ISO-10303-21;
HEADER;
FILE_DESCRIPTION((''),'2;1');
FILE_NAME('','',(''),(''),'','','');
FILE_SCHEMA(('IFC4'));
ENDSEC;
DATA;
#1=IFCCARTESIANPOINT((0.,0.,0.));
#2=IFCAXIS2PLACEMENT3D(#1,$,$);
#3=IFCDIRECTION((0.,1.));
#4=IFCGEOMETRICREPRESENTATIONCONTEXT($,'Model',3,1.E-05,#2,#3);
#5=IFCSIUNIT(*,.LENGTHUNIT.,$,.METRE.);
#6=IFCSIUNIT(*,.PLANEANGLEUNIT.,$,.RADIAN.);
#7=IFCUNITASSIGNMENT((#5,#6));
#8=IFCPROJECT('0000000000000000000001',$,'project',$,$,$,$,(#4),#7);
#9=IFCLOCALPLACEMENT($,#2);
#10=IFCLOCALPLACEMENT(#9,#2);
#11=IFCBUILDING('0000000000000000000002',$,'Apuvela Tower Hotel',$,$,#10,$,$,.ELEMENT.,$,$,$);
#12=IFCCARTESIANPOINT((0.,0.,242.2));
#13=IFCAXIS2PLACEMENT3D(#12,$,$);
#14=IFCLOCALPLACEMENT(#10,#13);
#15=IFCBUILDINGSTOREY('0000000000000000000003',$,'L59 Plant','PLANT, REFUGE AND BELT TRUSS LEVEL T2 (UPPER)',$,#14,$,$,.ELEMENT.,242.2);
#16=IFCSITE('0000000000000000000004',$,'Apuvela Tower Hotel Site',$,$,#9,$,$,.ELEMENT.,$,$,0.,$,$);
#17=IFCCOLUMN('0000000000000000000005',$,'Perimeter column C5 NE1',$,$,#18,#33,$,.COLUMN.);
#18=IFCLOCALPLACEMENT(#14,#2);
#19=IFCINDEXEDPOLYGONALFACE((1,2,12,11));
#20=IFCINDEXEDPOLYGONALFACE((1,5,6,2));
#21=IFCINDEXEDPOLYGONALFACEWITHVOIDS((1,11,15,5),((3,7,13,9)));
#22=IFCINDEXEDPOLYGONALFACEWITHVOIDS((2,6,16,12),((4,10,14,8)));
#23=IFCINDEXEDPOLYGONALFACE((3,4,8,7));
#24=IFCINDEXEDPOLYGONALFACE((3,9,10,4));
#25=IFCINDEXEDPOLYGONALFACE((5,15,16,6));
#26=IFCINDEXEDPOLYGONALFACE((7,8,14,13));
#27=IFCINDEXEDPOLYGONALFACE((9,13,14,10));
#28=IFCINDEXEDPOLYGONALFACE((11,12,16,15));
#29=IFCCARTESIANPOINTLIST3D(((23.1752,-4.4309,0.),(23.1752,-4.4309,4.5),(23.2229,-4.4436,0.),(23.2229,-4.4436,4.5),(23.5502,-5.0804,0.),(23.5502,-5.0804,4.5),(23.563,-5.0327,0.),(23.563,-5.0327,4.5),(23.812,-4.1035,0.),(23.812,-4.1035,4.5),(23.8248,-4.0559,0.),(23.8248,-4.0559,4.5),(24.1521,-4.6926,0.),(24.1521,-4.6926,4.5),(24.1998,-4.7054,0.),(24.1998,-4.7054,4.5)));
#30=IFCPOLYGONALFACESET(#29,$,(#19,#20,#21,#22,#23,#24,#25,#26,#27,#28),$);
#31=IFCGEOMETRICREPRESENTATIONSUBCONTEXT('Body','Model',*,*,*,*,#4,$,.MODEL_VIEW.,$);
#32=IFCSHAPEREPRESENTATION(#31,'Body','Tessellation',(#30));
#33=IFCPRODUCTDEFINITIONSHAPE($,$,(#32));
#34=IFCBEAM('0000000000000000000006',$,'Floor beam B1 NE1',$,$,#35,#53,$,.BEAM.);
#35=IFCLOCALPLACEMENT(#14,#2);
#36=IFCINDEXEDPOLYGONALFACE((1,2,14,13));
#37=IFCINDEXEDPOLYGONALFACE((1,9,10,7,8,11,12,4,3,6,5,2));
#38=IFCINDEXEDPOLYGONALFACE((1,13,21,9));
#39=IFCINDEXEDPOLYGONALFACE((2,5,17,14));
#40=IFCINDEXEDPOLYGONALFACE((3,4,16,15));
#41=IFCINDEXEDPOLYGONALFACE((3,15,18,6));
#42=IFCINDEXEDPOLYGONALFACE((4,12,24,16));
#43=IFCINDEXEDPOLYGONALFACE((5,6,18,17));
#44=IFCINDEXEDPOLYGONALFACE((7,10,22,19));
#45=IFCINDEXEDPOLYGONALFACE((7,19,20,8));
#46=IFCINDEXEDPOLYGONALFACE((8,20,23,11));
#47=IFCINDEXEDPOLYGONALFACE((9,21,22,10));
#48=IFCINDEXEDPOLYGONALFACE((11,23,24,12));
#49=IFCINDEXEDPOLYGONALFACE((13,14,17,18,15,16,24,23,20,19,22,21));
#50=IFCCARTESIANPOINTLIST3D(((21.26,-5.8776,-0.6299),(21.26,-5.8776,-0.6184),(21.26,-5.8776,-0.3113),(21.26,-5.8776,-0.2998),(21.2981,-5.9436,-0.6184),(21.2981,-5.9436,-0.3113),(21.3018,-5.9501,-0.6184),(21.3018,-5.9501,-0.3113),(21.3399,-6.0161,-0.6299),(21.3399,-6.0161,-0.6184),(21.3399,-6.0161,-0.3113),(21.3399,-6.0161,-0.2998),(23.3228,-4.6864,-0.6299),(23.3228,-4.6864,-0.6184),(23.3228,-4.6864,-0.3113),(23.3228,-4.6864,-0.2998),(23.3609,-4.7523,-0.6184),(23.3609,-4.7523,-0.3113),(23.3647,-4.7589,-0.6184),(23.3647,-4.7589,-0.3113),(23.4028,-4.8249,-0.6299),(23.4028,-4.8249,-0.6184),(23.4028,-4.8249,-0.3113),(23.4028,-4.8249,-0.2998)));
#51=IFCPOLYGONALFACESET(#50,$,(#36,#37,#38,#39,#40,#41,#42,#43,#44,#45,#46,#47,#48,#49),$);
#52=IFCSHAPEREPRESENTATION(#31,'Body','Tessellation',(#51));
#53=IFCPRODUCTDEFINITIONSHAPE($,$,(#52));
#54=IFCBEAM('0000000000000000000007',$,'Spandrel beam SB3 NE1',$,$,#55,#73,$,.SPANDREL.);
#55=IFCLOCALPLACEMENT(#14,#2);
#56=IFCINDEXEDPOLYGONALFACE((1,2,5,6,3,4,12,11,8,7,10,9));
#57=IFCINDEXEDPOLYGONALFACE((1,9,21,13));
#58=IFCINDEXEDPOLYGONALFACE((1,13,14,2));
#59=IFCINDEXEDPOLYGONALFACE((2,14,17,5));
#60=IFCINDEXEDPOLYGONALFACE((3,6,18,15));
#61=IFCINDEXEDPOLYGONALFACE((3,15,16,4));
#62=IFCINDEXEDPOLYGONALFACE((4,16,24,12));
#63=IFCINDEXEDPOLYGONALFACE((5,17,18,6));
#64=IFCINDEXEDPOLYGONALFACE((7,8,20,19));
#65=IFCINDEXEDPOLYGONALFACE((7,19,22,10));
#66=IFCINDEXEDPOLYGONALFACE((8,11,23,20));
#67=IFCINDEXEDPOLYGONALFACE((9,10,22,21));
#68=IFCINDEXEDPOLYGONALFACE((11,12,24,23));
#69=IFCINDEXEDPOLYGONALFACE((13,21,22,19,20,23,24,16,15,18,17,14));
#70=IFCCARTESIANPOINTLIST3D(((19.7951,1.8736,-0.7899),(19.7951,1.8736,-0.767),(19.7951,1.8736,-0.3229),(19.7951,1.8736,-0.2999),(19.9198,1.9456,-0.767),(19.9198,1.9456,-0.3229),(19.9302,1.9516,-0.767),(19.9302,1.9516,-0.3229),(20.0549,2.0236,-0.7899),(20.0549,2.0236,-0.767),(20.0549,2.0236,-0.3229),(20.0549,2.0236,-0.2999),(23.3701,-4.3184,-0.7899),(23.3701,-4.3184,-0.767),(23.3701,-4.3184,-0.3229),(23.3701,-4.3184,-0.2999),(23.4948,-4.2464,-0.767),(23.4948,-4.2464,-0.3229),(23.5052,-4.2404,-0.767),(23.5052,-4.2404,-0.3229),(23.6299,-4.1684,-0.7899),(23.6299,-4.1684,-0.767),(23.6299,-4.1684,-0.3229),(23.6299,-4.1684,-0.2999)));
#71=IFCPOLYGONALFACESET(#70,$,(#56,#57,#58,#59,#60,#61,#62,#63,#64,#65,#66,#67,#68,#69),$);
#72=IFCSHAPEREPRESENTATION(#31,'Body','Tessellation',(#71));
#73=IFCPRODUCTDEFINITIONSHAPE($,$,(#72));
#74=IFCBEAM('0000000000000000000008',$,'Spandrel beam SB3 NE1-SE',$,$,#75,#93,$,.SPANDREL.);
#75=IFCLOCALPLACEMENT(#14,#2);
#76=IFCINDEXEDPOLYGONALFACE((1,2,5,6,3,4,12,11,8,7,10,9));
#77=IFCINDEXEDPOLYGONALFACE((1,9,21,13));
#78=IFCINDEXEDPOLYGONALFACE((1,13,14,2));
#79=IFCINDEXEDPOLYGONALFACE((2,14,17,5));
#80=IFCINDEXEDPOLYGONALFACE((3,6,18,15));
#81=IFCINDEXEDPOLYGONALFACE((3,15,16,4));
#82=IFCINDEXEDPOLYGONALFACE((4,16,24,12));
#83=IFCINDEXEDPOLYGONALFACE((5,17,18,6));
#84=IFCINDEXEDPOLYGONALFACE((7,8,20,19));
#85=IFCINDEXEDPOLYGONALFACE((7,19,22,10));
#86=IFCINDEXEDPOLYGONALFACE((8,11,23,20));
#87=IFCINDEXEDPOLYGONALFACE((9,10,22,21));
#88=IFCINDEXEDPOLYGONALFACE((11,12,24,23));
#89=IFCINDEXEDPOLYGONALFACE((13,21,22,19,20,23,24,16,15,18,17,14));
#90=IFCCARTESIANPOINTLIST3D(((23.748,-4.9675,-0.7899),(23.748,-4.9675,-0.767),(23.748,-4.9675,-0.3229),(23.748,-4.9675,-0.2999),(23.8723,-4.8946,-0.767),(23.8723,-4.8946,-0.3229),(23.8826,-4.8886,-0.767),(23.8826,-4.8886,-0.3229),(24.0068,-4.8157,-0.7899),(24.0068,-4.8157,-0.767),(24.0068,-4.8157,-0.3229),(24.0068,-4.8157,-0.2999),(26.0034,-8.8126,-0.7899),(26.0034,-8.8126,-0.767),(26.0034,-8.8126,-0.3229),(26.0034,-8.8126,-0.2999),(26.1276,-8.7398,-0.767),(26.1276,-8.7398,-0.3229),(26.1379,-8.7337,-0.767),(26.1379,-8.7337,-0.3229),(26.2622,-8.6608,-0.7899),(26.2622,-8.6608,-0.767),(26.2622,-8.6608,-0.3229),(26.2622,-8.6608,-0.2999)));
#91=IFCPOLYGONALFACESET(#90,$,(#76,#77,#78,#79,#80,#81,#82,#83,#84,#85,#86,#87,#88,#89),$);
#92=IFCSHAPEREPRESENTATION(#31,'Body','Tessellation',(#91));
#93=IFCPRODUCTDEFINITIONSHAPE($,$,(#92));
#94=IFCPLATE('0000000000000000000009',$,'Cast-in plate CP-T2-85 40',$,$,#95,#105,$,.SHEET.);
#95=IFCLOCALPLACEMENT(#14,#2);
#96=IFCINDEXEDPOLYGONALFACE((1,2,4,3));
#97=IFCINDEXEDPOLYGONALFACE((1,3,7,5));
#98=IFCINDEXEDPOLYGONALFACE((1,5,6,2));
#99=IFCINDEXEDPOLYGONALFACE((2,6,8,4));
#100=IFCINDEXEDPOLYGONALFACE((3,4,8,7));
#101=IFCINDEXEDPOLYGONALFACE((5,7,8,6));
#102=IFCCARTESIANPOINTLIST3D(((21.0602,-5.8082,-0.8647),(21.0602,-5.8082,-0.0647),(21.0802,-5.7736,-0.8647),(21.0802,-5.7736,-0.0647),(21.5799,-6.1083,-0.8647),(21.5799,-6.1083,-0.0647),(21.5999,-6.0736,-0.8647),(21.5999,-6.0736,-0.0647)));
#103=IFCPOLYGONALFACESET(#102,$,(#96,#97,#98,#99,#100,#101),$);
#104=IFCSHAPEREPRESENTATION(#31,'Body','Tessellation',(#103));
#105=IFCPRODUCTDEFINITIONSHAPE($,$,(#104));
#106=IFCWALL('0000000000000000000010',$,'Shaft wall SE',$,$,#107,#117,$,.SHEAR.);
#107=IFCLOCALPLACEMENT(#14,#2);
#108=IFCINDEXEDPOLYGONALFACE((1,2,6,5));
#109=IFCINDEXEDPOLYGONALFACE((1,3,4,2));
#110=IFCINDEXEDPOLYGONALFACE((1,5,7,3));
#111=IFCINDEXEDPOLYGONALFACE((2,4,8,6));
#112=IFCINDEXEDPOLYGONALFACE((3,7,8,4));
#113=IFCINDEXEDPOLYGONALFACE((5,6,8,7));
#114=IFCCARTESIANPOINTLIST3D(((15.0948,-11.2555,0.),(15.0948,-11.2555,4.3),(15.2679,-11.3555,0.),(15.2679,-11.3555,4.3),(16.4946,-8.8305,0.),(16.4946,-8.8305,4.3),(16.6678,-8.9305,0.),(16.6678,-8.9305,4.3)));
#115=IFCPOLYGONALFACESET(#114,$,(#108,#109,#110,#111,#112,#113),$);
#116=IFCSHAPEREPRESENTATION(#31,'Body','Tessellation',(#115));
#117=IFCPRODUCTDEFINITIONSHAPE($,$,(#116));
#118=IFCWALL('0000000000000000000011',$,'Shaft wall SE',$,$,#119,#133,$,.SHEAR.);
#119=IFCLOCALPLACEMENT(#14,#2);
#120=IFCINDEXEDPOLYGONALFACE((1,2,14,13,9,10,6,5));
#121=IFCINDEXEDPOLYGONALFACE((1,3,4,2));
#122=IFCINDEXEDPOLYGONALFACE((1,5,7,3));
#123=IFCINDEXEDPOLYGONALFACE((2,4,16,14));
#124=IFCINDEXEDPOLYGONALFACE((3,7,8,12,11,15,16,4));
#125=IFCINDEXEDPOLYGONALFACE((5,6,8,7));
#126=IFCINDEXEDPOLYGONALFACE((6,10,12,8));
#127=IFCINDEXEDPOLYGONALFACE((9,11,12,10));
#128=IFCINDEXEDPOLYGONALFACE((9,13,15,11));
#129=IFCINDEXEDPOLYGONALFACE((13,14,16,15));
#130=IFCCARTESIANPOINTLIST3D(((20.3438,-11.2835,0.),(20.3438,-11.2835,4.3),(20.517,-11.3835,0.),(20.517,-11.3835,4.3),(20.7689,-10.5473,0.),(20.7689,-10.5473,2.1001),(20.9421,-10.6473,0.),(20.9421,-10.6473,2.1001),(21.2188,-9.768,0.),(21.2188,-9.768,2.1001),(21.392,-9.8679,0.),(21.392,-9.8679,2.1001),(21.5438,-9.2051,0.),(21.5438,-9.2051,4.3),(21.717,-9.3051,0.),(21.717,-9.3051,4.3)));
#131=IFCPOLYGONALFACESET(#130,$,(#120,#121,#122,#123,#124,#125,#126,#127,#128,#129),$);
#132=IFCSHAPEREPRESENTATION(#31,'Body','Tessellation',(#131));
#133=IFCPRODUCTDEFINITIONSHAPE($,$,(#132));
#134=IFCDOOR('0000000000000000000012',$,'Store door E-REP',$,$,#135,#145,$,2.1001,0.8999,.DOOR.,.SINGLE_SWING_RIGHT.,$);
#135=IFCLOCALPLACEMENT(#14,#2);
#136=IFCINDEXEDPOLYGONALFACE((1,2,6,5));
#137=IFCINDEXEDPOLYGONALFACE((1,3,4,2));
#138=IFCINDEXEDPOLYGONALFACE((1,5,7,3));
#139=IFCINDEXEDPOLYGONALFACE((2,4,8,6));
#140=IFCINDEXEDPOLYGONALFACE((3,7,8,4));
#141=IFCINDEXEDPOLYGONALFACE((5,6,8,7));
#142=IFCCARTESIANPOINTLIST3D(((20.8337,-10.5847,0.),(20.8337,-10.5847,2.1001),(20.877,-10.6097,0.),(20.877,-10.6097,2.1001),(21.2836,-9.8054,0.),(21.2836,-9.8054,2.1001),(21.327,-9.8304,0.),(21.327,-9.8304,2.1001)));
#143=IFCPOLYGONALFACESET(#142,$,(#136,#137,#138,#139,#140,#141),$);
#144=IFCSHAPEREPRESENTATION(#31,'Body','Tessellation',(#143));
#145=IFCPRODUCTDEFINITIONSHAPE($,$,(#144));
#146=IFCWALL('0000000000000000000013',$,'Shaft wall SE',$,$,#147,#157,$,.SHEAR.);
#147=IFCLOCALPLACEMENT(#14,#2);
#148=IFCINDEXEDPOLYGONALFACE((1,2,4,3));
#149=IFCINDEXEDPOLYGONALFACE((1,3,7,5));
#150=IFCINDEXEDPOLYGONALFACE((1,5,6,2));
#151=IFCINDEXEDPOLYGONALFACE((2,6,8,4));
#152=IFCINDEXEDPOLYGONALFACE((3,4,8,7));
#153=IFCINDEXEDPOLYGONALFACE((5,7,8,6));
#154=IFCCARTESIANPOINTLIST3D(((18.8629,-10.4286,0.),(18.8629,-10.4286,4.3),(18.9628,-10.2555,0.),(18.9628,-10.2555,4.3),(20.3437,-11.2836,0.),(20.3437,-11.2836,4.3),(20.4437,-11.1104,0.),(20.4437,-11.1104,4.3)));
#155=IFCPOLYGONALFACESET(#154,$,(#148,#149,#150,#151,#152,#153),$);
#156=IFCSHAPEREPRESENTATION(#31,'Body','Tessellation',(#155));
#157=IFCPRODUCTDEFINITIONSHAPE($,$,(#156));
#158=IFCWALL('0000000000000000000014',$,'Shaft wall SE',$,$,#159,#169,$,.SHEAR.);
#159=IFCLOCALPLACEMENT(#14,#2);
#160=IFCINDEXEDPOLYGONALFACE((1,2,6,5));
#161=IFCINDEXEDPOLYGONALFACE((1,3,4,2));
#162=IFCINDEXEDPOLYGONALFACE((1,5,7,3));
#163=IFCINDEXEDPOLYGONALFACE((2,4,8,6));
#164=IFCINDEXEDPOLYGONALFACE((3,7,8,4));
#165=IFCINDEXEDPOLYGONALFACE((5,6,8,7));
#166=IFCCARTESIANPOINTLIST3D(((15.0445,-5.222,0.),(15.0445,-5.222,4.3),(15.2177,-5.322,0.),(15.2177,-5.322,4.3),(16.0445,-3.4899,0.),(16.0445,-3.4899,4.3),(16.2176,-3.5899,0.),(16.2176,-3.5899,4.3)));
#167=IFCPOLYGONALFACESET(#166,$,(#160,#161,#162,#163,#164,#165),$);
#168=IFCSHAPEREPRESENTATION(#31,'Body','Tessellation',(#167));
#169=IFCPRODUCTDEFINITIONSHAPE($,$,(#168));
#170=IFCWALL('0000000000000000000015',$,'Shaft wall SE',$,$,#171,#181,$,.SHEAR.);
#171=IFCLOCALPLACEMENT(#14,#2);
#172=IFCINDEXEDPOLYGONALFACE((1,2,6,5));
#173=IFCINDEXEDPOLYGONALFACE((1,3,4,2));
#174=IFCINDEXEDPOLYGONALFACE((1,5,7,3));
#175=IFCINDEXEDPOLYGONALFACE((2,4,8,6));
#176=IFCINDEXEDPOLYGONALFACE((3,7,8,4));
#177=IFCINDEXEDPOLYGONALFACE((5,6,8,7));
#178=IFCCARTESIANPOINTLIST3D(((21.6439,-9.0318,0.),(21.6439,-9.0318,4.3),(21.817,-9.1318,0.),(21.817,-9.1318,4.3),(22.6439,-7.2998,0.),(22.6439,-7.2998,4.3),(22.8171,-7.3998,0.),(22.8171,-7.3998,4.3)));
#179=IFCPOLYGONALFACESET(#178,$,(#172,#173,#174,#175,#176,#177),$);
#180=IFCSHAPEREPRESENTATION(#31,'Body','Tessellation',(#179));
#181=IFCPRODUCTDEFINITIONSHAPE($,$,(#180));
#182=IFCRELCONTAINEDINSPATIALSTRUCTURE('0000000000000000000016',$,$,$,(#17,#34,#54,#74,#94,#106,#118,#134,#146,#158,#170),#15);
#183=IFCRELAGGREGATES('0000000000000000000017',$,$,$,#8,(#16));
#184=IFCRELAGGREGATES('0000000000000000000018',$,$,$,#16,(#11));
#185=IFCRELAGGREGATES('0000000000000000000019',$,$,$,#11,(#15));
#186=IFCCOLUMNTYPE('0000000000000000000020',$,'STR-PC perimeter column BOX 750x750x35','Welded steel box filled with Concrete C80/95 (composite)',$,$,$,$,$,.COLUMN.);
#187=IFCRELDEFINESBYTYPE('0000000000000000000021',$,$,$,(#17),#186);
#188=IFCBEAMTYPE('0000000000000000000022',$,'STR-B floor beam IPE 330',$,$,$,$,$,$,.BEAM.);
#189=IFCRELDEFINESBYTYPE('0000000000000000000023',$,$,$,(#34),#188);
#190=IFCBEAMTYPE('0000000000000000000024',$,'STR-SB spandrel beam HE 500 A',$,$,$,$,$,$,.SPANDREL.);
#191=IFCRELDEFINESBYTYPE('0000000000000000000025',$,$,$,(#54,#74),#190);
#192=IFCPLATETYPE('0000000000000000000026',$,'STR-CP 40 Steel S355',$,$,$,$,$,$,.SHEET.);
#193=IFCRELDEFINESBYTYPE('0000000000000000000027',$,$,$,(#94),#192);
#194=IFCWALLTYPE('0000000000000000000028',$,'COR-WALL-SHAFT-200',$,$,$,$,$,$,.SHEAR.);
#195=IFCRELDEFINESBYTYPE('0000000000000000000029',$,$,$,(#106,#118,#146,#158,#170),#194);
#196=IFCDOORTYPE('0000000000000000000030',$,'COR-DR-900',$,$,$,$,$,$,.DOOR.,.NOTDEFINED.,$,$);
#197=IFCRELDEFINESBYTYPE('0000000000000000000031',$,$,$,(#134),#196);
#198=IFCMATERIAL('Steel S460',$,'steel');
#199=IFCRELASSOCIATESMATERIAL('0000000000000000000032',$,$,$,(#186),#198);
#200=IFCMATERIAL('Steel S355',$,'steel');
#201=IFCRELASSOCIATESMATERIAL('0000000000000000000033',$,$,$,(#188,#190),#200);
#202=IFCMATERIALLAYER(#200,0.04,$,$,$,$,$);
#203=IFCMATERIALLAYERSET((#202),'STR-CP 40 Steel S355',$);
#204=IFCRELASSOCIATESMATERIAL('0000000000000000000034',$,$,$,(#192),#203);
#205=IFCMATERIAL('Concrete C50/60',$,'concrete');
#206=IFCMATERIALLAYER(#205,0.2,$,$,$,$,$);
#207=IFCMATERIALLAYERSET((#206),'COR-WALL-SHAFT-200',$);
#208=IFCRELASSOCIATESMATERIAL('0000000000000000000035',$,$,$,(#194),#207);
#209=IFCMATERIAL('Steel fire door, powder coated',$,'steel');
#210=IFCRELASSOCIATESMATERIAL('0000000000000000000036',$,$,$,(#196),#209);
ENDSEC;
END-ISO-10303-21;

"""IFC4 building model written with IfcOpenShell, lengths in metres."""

from ifc_helpers import new_model, si_unit, direction, frame, frame_2d, origin, origin_2d, place, context, subcontext, project, spatial, rectangle, hollow_rectangle, i_section, extrude, material, layer, layer_set, material_profile, profile_set, type_object, element, fill, save


model = new_model("IFC4")

# Units and contexts
model_context = context("Model", 3, precision=1e-05, world=origin(), true_north=direction((0.0, 1.0)))
body_context = subcontext(model_context, "Body", "Model", "MODEL_VIEW")
ifc_project = project(units=[si_unit("LENGTHUNIT", "METRE"), si_unit("PLANEANGLEUNIT", "RADIAN")], contexts=[model_context])

# Site, building, storey
site_placement = place(None, origin())
site = spatial("IfcSite", under=ifc_project, at=site_placement, Name="Apuvela Tower Hotel Site", CompositionType="ELEMENT", RefElevation=0.0)
building_placement = place(site_placement, origin())
building = spatial("IfcBuilding", under=site, at=building_placement, Name="Apuvela Tower Hotel", CompositionType="ELEMENT")
storey_placement = place(building_placement, frame((0.0, 0.0, 242.2)))
storey = spatial("IfcBuildingStorey", under=building, at=storey_placement, Name="L59 Plant", Description="PLANT, REFUGE AND BELT TRUSS LEVEL T2 (UPPER)", CompositionType="ELEMENT", Elevation=242.2)

# Column
ifc_material_1 = material(Name="Steel S460", Category="steel")
ifc_material_profile_1 = material_profile(ifc_material_1, hollow_rectangle(XDim=0.75, YDim=0.75, WallThickness=0.0349, at=origin_2d()), Name="BOX 750x750x35")
ifc_material_2 = material(Name="Concrete C80/95", Category="concrete")
ifc_material_profile_2 = material_profile(ifc_material_2, rectangle(XDim=0.6799, YDim=0.6799, at=origin_2d()), Name="Concrete C80/95 infill")
ifc_profile_set_1 = profile_set([ifc_material_profile_1, ifc_material_profile_2], Name="Steel S460")
column_type = type_object("IfcColumnType", Name="STR-PC perimeter column BOX 750x750x35", Description="Welded steel box filled with Concrete C80/95 (composite)", PredefinedType="COLUMN", material=ifc_profile_set_1)
column_placement = place(storey_placement, frame((23.6875, -4.5681, 0.0), z_axis=(0.0, 0.0, 1.0), x_axis=(-0.5, 0.866025, 0.0)))
element("IfcColumn", 1, at=column_placement, inside=storey, type_object=column_type, Name="Perimeter column C5 NE1", PredefinedType="COLUMN", context=body_context, shape_type="SweptSolid", body=[
    extrude(hollow_rectangle(XDim=0.75, YDim=0.75, WallThickness=0.0349, at=origin_2d()), origin(), (0.0, 0.0, 1.0), 4.5),
])

# Beams
ifc_material_3 = material(Name="Steel S355", Category="steel")
ifc_material_profile_3 = material_profile(ifc_material_3, i_section(OverallWidth=0.1599, OverallDepth=0.3301, WebThickness=0.0076, FlangeThickness=0.0115, at=origin_2d()), Name="IPE 330")
ifc_profile_set_2 = profile_set([ifc_material_profile_3], Name="Steel S355")
beam_type_1 = type_object("IfcBeamType", Name="STR-B floor beam IPE 330", PredefinedType="BEAM", material=ifc_profile_set_2)
beam_1_placement = place(storey_placement, frame((23.3628, -4.7556, -0.4648), z_axis=(-0.865982, -0.500074, 0.0), x_axis=(0.500074, -0.865982, 0.0)))
element("IfcBeam", 2, at=beam_1_placement, inside=storey, type_object=beam_type_1, Name="Floor beam B1 NE1", PredefinedType="BEAM", context=body_context, shape_type="SweptSolid", body=[
    extrude(i_section(OverallWidth=0.1599, OverallDepth=0.3301, WebThickness=0.0076, FlangeThickness=0.0115, at=origin_2d()), origin(), (0.0, 0.0, 1.0), 2.3821),
])
ifc_material_profile_4 = material_profile(ifc_material_3, i_section(OverallWidth=0.3, OverallDepth=0.49, WebThickness=0.012, FlangeThickness=0.0229, at=origin_2d()), Name="HE 500 A")
ifc_profile_set_3 = profile_set([ifc_material_profile_4], Name="Steel S355")
beam_type_2 = type_object("IfcBeamType", Name="STR-SB spandrel beam HE 500 A", PredefinedType="SPANDREL", material=ifc_profile_set_3)
beam_2_placement = place(storey_placement, frame((23.5, -4.2434, -0.5449), z_axis=(-0.500006, 0.866022, 0.0), x_axis=(-0.866022, -0.500006, 0.0)))
element("IfcBeam", 3, at=beam_2_placement, inside=storey, type_object=beam_type_2, Name="Spandrel beam SB3 NE1", PredefinedType="SPANDREL", context=body_context, shape_type="SweptSolid", body=[
    extrude(i_section(OverallWidth=0.3, OverallDepth=0.49, WebThickness=0.012, FlangeThickness=0.0229, at=origin_2d()), origin(), (0.0, 0.0, 1.0), 7.1499),
])
beam_3_placement = place(storey_placement, frame((23.8774, -4.8916, -0.5449), z_axis=(0.505933, -0.862573, 0.0), x_axis=(0.862573, 0.505933, 0.0)))
element("IfcBeam", 4, at=beam_3_placement, inside=storey, type_object=beam_type_2, Name="Spandrel beam SB3 NE1-SE", PredefinedType="SPANDREL", context=body_context, shape_type="SweptSolid", body=[
    extrude(i_section(OverallWidth=0.3, OverallDepth=0.49, WebThickness=0.012, FlangeThickness=0.0229, at=origin_2d()), origin(), (0.0, 0.0, 1.0), 4.4578),
])

# Plate
ifc_layer_1 = layer(ifc_material_3, 0.04)
ifc_layer_set_1 = layer_set([ifc_layer_1], Name="STR-CP 40 Steel S355")
plate_type = type_object("IfcPlateType", Name="STR-CP 40 Steel S355", PredefinedType="SHEET", material=ifc_layer_set_1)
plate_placement = place(storey_placement, frame((21.3301, -5.9409, -0.8647), z_axis=(0.0, 0.0, 1.0), x_axis=(-0.5, -0.866025, 0.0)))
element("IfcPlate", 5, at=plate_placement, inside=storey, type_object=plate_type, Name="Cast-in plate CP-T2-85 40", PredefinedType="SHEET", context=body_context, shape_type="SweptSolid", body=[
    extrude(rectangle(XDim=0.04, YDim=0.6001, at=origin_2d()), origin(), (0.0, 0.0, 1.0), 0.8),
])

# Wall
ifc_material_4 = material(Name="Concrete C50/60", Category="concrete")
ifc_layer_2 = layer(ifc_material_4, 0.2)
ifc_layer_set_2 = layer_set([ifc_layer_2], Name="COR-WALL-SHAFT-200")
wall_type_1 = type_object("IfcWallType", Name="COR-WALL-SHAFT-200", PredefinedType="SHEAR", material=ifc_layer_set_2)
wall_1_placement = place(storey_placement, frame((15.1814, -11.3054, 0.0), z_axis=(0.0, 0.0, 1.0), x_axis=(0.499946, 0.866056, 0.0)))
element("IfcWall", 6, at=wall_1_placement, inside=storey, type_object=wall_type_1, Name="Shaft wall SE", PredefinedType="SHEAR", context=body_context, shape_type="SweptSolid", body=[
    extrude(rectangle(XDim=2.8, YDim=0.2, at=frame_2d((1.3999, 0.0))), origin(), (0.0, 0.0, 1.0), 4.3),
])

# Wall, opening, door
wall_2_placement = place(storey_placement, frame((20.4304, -11.3335, 0.0), z_axis=(0.0, 0.0, 1.0), x_axis=(0.500001, 0.866025, 0.0)))
wall_2 = element("IfcWall", 7, at=wall_2_placement, inside=storey, type_object=wall_type_1, Name="Shaft wall SE", PredefinedType="SHEAR", context=body_context, shape_type="SweptSolid", body=[
    extrude(rectangle(XDim=2.3999, YDim=0.2, at=frame_2d((1.2, 0.0))), origin(), (0.0, 0.0, 1.0), 4.3),
])
opening_placement = place(wall_2_placement, frame((0.8501, 0.0, 0.0)))
opening = element("IfcOpeningElement", 8, at=opening_placement, cuts=wall_2, PredefinedType="OPENING", context=body_context, shape_type="SweptSolid", body=[
    extrude(rectangle(XDim=0.8999, YDim=2.1001, at=frame_2d((0.45, 1.05))), frame((0.0, 0.1099, 0.0), z_axis=(0.0, -1.0, 0.0), x_axis=(1.0, 0.0, 0.0)), (0.0, 0.0, 1.0), 0.22),
])
ifc_material_5 = material(Name="Steel fire door, powder coated", Category="steel")
door_type = type_object("IfcDoorType", Name="COR-DR-900", OperationType="NOTDEFINED", PredefinedType="DOOR", material=ifc_material_5)
door_placement = place(opening_placement, frame((0.8999, 0.0, 0.0), z_axis=(0.0, 0.0, 1.0), x_axis=(-1.0, 0.0, 0.0)))
door = element("IfcDoor", 9, at=door_placement, inside=storey, type_object=door_type, Name="Store door E-REP", OperationType="SINGLE_SWING_RIGHT", OverallHeight=2.1001, OverallWidth=0.8999, PredefinedType="DOOR", context=body_context, shape_type="SweptSolid", body=[
    extrude(rectangle(XDim=0.8999, YDim=2.1001, at=frame_2d((0.45, 1.05))), frame((0.0, 0.0249, 0.0), z_axis=(0.0, -1.0, 0.0), x_axis=(1.0, 0.0, 0.0)), (0.0, 0.0, 1.0), 0.05),
])
fill(opening, door)

# Walls
wall_3_placement = place(storey_placement, frame((18.9128, -10.342, 0.0), z_axis=(0.0, 0.0, 1.0), x_axis=(0.866038, -0.499978, 0.0)))
element("IfcWall", 10, at=wall_3_placement, inside=storey, type_object=wall_type_1, Name="Shaft wall SE", PredefinedType="SHEAR", context=body_context, shape_type="SweptSolid", body=[
    extrude(rectangle(XDim=1.71, YDim=0.2, at=frame_2d((0.855, 0.0))), origin(), (0.0, 0.0, 1.0), 4.3),
])
for number, where, z_axis, x_axis, name in (
    (11, (15.1311, -5.272, 0.0), (0.0, 0.0, 1.0), (0.499973, 0.866041, 0.0), "Shaft wall SE"),
    (12, (21.7305, -9.0818, 0.0), (0.0, 0.0, 1.0), (0.500025, 0.866011, 0.0), "Shaft wall SE"),
):
    element("IfcWall", number, at=place(storey_placement, frame(where, z_axis=z_axis, x_axis=x_axis)), inside=storey, type_object=wall_type_1, Name=name, PredefinedType="SHEAR", context=body_context, shape_type="SweptSolid", body=[
        extrude(rectangle(XDim=2.0, YDim=0.2, at=frame_2d((1.0, 0.0))), origin(), (0.0, 0.0, 1.0), 4.3),
    ])

save(model, "model.ifc")
